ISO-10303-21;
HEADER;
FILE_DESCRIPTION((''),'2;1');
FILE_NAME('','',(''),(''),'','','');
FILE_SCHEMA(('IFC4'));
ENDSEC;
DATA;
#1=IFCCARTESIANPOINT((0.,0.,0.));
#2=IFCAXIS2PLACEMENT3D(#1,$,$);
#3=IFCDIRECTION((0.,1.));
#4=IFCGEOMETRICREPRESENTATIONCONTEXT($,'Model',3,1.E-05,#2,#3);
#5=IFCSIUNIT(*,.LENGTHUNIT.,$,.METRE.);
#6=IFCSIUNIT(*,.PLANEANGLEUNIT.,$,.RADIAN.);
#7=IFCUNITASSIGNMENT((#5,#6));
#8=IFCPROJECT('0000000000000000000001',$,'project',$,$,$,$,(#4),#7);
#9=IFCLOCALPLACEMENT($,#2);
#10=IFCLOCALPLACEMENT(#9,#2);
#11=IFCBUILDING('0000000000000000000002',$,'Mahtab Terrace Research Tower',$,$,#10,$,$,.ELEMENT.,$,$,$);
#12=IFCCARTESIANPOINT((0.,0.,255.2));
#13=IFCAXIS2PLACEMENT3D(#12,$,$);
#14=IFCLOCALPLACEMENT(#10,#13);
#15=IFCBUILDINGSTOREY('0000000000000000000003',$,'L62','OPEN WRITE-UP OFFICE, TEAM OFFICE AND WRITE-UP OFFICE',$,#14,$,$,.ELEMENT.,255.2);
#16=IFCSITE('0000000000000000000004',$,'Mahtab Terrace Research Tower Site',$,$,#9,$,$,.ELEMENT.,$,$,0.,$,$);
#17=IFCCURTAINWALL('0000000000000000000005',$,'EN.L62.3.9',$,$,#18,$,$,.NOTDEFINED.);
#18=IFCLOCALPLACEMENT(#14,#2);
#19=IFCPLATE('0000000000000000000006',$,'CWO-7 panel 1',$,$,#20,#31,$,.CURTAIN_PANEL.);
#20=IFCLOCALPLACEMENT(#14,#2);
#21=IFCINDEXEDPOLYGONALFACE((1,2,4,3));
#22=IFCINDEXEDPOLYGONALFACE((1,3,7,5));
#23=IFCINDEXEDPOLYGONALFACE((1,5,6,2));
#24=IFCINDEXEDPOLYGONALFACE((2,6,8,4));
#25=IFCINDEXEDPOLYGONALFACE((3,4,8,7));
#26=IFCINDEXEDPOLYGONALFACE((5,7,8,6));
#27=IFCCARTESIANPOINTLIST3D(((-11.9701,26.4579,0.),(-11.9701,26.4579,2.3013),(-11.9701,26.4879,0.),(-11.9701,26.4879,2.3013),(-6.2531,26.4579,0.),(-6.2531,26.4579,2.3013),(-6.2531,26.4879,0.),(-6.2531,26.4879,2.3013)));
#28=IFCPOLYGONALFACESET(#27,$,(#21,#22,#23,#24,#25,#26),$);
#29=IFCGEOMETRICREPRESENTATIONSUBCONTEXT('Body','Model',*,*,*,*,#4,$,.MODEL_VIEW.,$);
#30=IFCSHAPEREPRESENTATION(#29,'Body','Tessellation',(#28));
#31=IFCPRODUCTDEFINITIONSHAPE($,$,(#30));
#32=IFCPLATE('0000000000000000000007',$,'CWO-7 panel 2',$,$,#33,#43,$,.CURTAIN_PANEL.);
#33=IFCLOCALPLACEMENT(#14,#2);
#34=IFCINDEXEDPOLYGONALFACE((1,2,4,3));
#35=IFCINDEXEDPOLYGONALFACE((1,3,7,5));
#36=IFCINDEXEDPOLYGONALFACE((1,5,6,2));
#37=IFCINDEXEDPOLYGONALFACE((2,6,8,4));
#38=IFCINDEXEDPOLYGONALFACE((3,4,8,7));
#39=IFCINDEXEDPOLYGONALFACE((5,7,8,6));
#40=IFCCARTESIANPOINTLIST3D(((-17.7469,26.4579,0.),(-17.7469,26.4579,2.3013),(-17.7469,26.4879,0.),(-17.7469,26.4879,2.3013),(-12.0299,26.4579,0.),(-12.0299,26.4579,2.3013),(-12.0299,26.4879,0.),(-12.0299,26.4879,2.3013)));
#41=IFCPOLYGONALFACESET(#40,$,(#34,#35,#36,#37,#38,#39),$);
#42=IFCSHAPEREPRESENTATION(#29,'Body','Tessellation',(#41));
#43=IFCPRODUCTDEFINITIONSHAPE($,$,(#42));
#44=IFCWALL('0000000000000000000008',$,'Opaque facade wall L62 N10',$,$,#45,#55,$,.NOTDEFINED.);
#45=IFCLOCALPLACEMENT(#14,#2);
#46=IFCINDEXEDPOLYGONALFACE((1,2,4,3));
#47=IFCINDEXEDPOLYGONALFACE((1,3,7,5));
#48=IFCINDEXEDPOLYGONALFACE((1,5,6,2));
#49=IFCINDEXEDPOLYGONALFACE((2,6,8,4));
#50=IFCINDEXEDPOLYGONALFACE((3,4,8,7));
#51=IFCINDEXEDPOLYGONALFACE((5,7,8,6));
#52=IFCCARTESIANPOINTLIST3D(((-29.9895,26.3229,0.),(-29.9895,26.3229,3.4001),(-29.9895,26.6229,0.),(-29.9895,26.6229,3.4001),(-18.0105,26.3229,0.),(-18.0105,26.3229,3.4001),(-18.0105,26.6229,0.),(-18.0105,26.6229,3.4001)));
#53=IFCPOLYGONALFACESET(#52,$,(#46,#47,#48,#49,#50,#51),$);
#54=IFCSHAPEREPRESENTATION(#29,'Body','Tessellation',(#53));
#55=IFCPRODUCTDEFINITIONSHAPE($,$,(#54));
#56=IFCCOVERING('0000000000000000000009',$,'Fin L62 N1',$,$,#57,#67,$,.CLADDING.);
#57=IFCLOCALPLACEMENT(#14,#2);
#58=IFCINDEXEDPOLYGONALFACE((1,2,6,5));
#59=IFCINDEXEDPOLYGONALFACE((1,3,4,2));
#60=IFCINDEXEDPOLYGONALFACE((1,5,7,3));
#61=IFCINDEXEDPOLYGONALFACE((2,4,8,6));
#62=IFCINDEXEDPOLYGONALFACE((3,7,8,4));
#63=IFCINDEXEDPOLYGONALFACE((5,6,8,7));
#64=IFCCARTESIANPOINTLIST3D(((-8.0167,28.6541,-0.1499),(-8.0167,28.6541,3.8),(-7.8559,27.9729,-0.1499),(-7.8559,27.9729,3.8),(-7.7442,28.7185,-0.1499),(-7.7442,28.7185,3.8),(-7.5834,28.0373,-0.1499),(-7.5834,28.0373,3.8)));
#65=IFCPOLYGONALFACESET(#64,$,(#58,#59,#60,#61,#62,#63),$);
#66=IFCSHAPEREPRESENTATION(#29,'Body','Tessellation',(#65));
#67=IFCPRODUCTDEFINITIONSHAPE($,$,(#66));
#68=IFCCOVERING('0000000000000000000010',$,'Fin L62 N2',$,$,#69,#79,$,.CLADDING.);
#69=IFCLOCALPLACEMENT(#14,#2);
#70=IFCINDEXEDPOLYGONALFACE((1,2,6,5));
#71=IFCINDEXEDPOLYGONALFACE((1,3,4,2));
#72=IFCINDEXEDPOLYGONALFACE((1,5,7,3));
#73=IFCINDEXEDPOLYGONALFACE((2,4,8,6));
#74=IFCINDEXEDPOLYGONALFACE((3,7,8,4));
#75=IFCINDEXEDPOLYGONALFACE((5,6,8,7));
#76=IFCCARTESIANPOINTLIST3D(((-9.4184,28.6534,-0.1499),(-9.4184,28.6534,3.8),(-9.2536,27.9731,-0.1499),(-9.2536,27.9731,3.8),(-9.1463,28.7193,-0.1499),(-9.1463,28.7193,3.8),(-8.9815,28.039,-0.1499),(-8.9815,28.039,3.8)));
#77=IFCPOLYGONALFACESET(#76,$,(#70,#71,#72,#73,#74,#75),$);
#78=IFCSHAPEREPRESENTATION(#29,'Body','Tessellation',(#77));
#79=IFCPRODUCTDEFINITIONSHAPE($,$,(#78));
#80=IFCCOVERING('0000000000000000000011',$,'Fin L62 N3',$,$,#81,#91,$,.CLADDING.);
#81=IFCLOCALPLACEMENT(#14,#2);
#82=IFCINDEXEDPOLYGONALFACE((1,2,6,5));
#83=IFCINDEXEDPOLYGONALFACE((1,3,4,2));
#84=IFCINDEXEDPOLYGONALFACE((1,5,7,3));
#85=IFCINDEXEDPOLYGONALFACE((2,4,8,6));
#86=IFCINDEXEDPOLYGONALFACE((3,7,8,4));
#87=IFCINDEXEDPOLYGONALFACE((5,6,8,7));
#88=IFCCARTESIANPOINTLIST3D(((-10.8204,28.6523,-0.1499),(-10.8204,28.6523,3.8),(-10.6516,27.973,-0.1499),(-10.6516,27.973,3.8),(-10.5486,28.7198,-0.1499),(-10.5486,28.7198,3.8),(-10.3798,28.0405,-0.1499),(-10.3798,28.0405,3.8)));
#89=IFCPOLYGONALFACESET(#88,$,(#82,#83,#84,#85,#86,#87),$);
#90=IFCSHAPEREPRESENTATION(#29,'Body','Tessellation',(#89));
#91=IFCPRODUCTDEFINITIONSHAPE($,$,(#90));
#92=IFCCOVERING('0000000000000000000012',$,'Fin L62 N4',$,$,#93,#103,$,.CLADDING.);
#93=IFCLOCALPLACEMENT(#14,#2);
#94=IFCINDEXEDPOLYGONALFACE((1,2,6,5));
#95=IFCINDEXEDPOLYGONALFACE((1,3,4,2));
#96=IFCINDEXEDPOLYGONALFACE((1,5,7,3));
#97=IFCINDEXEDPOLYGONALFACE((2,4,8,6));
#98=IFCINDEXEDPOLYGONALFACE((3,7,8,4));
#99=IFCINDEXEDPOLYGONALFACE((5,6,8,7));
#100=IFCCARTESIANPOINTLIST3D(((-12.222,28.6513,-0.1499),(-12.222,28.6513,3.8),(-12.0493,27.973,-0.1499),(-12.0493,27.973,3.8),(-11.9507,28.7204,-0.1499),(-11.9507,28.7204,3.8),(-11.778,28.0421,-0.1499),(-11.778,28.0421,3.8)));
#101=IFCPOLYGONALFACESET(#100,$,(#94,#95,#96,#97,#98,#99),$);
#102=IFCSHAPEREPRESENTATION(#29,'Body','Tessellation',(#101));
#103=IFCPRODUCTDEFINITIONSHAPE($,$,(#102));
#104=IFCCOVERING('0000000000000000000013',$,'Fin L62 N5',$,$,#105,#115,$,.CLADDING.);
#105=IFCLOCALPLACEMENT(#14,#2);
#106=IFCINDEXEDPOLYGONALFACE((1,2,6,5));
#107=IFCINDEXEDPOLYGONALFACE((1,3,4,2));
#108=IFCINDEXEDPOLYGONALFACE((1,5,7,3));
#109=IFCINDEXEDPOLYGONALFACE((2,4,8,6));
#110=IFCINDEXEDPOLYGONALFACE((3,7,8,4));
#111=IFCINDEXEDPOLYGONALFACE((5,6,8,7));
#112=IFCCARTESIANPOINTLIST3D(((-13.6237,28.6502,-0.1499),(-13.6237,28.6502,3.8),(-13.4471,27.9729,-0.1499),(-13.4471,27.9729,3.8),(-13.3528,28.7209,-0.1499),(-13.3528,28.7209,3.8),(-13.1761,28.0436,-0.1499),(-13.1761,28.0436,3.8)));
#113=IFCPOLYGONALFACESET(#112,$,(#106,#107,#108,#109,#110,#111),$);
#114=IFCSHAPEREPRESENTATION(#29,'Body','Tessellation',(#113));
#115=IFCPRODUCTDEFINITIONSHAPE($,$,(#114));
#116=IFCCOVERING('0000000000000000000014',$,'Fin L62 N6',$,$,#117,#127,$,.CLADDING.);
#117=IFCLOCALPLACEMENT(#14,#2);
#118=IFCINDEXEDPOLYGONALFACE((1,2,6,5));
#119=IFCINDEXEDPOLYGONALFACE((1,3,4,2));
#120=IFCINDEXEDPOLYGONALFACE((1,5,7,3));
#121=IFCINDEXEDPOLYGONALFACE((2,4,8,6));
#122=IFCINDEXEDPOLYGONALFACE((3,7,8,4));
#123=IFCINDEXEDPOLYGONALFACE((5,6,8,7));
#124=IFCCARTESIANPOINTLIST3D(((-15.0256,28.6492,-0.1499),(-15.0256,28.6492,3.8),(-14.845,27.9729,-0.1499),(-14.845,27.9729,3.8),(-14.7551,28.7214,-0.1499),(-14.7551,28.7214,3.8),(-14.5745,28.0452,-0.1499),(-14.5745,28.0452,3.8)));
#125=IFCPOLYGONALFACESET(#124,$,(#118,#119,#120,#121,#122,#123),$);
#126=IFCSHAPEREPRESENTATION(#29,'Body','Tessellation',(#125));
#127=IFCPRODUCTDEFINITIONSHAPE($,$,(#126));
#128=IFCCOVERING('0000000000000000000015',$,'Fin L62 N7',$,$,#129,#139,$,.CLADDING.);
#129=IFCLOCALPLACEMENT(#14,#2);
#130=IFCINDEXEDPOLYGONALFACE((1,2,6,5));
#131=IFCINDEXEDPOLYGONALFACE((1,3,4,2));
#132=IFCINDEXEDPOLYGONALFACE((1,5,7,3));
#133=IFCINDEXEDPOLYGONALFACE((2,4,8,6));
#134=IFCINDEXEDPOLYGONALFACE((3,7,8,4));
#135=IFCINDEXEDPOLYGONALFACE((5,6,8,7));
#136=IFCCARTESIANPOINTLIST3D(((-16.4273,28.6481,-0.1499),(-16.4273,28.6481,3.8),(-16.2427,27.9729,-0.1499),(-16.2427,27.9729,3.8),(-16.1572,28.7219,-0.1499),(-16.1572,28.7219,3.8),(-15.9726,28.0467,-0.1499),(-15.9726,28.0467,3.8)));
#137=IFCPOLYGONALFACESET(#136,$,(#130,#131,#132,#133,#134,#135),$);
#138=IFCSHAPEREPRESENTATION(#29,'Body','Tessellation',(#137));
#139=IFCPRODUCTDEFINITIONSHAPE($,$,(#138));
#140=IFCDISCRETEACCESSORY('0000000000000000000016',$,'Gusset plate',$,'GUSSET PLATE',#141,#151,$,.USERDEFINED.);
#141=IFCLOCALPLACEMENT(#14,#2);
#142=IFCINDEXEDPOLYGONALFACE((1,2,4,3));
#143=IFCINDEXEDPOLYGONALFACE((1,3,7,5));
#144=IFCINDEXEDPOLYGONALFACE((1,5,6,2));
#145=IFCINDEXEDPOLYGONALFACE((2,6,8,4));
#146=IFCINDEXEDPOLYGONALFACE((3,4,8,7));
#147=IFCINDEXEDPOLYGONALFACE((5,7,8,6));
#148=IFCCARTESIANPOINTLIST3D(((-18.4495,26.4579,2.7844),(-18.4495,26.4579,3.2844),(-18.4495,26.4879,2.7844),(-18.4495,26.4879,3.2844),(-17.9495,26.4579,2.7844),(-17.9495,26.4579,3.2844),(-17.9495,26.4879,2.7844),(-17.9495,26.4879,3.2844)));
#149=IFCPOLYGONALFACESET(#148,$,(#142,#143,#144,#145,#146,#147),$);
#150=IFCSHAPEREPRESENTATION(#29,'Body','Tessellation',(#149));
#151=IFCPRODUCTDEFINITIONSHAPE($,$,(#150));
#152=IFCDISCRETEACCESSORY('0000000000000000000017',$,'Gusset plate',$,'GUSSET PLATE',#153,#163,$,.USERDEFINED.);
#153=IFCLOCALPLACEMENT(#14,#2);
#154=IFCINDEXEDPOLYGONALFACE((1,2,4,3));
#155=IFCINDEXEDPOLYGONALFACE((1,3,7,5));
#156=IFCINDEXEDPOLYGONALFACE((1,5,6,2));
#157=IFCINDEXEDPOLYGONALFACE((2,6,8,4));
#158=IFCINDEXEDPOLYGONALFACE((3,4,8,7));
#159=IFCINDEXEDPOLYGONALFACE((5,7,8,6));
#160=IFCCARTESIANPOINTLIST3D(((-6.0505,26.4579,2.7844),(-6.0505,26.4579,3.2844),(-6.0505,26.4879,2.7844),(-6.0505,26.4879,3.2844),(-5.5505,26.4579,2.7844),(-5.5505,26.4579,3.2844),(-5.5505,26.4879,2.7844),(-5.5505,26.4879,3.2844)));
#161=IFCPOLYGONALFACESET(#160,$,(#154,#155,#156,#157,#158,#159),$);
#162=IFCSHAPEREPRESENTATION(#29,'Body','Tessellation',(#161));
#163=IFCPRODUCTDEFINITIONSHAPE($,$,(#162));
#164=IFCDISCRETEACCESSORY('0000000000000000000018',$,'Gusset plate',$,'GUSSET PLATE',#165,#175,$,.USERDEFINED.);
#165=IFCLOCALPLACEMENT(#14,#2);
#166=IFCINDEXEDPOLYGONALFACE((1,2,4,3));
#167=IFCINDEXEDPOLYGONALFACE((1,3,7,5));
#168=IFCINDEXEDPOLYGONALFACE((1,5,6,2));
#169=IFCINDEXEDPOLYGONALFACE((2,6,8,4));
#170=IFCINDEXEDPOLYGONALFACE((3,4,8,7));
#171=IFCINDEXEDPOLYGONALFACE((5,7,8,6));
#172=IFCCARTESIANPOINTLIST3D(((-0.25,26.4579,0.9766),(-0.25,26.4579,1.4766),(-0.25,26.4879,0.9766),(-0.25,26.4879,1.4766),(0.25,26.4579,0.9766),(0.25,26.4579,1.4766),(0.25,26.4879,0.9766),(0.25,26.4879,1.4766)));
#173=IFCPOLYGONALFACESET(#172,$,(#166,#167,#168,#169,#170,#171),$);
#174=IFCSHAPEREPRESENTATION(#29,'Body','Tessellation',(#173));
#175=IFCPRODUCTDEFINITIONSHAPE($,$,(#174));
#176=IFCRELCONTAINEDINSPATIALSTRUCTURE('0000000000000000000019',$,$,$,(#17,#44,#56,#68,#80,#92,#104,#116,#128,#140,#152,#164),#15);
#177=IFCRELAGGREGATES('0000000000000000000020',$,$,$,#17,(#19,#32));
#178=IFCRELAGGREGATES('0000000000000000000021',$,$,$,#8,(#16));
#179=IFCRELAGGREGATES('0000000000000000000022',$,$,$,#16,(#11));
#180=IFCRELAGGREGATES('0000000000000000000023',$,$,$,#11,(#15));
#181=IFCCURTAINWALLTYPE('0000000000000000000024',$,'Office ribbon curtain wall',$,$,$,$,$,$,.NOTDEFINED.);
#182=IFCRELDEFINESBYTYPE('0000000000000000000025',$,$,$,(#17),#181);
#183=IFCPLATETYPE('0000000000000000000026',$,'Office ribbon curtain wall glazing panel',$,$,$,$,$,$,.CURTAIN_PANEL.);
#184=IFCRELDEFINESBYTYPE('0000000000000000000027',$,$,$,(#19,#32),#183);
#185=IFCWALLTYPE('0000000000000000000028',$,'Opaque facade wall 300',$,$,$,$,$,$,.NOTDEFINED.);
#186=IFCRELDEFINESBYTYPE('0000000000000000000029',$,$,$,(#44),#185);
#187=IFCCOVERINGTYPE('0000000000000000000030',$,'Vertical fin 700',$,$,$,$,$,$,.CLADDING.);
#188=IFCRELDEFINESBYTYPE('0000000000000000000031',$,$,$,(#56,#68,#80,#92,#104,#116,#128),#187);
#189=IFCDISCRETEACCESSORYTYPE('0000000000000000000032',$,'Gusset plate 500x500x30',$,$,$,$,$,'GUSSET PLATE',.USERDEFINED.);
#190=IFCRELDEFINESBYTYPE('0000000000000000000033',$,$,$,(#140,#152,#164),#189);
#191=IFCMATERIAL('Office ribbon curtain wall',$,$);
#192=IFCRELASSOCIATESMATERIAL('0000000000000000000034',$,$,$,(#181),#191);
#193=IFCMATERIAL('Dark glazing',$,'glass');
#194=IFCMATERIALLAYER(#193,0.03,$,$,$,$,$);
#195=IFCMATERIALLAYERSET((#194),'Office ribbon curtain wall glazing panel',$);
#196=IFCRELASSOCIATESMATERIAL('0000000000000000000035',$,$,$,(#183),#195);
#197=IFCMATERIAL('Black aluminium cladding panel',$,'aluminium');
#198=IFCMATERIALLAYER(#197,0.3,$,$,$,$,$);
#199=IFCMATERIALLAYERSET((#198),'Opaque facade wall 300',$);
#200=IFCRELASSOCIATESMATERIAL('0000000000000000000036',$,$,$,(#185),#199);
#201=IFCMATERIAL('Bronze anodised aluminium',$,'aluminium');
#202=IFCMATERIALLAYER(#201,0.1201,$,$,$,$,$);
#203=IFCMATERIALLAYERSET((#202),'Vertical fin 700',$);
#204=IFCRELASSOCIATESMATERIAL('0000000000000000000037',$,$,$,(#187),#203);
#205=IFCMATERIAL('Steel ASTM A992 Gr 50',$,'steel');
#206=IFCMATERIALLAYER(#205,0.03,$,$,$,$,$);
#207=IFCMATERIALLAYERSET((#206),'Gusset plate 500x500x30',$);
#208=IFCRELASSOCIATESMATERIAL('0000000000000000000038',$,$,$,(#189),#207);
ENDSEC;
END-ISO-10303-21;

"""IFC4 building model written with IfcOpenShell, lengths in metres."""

from ifc_helpers import new_model, si_unit, direction, frame, frame_2d, origin, origin_2d, place, context, subcontext, project, spatial, rectangle, extrude, material, layer, layer_set, type_object, element, aggregate, save


model = new_model("IFC4")

# Units and contexts
model_context = context("Model", 3, precision=1e-05, world=origin(), true_north=direction((0.0, 1.0)))
body_context = subcontext(model_context, "Body", "Model", "MODEL_VIEW")
ifc_project = project(units=[si_unit("LENGTHUNIT", "METRE"), si_unit("PLANEANGLEUNIT", "RADIAN")], contexts=[model_context])

# Site, building, storey
site_placement = place(None, origin())
site = spatial("IfcSite", under=ifc_project, at=site_placement, Name="Mahtab Terrace Research Tower Site", CompositionType="ELEMENT", RefElevation=0.0)
building_placement = place(site_placement, origin())
building = spatial("IfcBuilding", under=site, at=building_placement, Name="Mahtab Terrace Research Tower", CompositionType="ELEMENT")
storey_placement = place(building_placement, frame((0.0, 0.0, 255.2)))
storey = spatial("IfcBuildingStorey", under=building, at=storey_placement, Name="L62", Description="OPEN WRITE-UP OFFICE, TEAM OFFICE AND WRITE-UP OFFICE", CompositionType="ELEMENT", Elevation=255.2)

# Shared definitions
ifc_material_1 = material(Name="Steel ASTM A992 Gr 50", Category="steel")

# Curtain wall
ifc_material_2 = material(Name="Office ribbon curtain wall")
curtain_wall_type = type_object("IfcCurtainWallType", Name="Office ribbon curtain wall", PredefinedType="NOTDEFINED", material=ifc_material_2)
curtain_wall_placement = place(storey_placement, origin())
curtain_wall = element("IfcCurtainWall", 1, at=curtain_wall_placement, inside=storey, type_object=curtain_wall_type, Name="EN.L62.3.9", PredefinedType="NOTDEFINED")

# Plates
ifc_material_3 = material(Name="Dark glazing", Category="glass")
ifc_layer_1 = layer(ifc_material_3, 0.03)
ifc_layer_set_1 = layer_set([ifc_layer_1], Name="Office ribbon curtain wall glazing panel")
plate_type = type_object("IfcPlateType", Name="Office ribbon curtain wall glazing panel", PredefinedType="CURTAIN_PANEL", material=ifc_layer_set_1)
plate_1_placement = place(storey_placement, frame((-9.1116, 26.4729, 0.0), z_axis=(0.0, 0.0, 1.0), x_axis=(-1.0, 0.0, 0.0)))
plate_1 = element("IfcPlate", 2, at=plate_1_placement, type_object=plate_type, Name="CWO-7 panel 1", PredefinedType="CURTAIN_PANEL", context=body_context, shape_type="SweptSolid", body=[
    extrude(rectangle(XDim=5.717, YDim=0.03, at=origin_2d()), origin(), (0.0, 0.0, 1.0), 2.3013),
])
plate_2_placement = place(storey_placement, frame((-14.8884, 26.4729, 0.0), z_axis=(0.0, 0.0, 1.0), x_axis=(-1.0, 0.0, 0.0)))
plate_2 = element("IfcPlate", 3, at=plate_2_placement, type_object=plate_type, Name="CWO-7 panel 2", PredefinedType="CURTAIN_PANEL", context=body_context, shape_type="SweptSolid", body=[
    extrude(rectangle(XDim=5.717, YDim=0.03, at=origin_2d()), origin(), (0.0, 0.0, 1.0), 2.3013),
])
aggregate(curtain_wall, [plate_1, plate_2])

# Wall
ifc_material_4 = material(Name="Black aluminium cladding panel", Category="aluminium")
ifc_layer_2 = layer(ifc_material_4, 0.3)
ifc_layer_set_2 = layer_set([ifc_layer_2], Name="Opaque facade wall 300")
wall_type = type_object("IfcWallType", Name="Opaque facade wall 300", PredefinedType="NOTDEFINED", material=ifc_layer_set_2)
wall_placement = place(storey_placement, frame((-18.0105, 26.4729, 0.0), z_axis=(0.0, 0.0, 1.0), x_axis=(-1.0, 0.0, 0.0)))
element("IfcWall", 4, at=wall_placement, inside=storey, type_object=wall_type, Name="Opaque facade wall L62 N10", PredefinedType="NOTDEFINED", context=body_context, shape_type="SweptSolid", body=[
    extrude(rectangle(XDim=11.979, YDim=0.3, at=frame_2d((5.9895, 0.0))), origin(), (0.0, 0.0, 1.0), 3.4001),
])

# Coverings
ifc_material_5 = material(Name="Bronze anodised aluminium", Category="aluminium")
ifc_layer_3 = layer(ifc_material_5, 0.1201)
ifc_layer_set_3 = layer_set([ifc_layer_3], Name="Vertical fin 700")
covering_type = type_object("IfcCoveringType", Name="Vertical fin 700", PredefinedType="CLADDING", material=ifc_layer_set_3)
for number, where, z_axis, x_axis, name in (
    (5, (-7.8, 28.3457, -0.1499), (0.0, 0.0, 1.0), (-0.973236, -0.229807, 0.0), "Fin L62 N1"),
    (6, (-9.2, 28.3462, -0.1499), (0.0, 0.0, 1.0), (-0.971883, -0.235465, 0.0), "Fin L62 N2"),
    (7, (-10.6001, 28.3464, -0.1499), (0.0, 0.0, 1.0), (-0.970496, -0.241115, 0.0), "Fin L62 N3"),
    (8, (-12.0, 28.3467, -0.1499), (0.0, 0.0, 1.0), (-0.969077, -0.246757, 0.0), "Fin L62 N4"),
    (9, (-13.3999, 28.3469, -0.1499), (0.0, 0.0, 1.0), (-0.967625, -0.252391, 0.0), "Fin L62 N5"),
    (10, (-14.8, 28.3472, -0.1499), (0.0, 0.0, 1.0), (-0.966141, -0.258016, 0.0), "Fin L62 N6"),
    (11, (-16.2, 28.3474, -0.1499), (0.0, 0.0, 1.0), (-0.964623, -0.263633, 0.0), "Fin L62 N7"),
):
    element("IfcCovering", number, at=place(storey_placement, frame(where, z_axis=z_axis, x_axis=x_axis)), inside=storey, type_object=covering_type, Name=name, PredefinedType="CLADDING", context=body_context, shape_type="SweptSolid", body=[
        extrude(rectangle(XDim=0.28, YDim=0.7, at=origin_2d()), origin(), (0.0, 0.0, 1.0), 3.95),
    ])

# Discrete accessories
ifc_layer_4 = layer(ifc_material_1, 0.03)
ifc_layer_set_4 = layer_set([ifc_layer_4], Name="Gusset plate 500x500x30")
discrete_accessory_type = type_object("IfcDiscreteAccessoryType", Name="Gusset plate 500x500x30", ElementType="GUSSET PLATE", PredefinedType="USERDEFINED", material=ifc_layer_set_4)
for number, where, z_axis, x_axis, name in (
    (12, (-18.1995, 26.4729, 2.7844), (0.0, 0.0, 1.0), (1.0, 0.0, 0.0), "Gusset plate"),
    (13, (-5.8005, 26.4729, 2.7844), (0.0, 0.0, 1.0), (1.0, 0.0, 0.0), "Gusset plate"),
    (14, (0.0, 26.4729, 0.9766), (0.0, 0.0, 1.0), (1.0, 0.0, 0.0), "Gusset plate"),
):
    element("IfcDiscreteAccessory", number, at=place(storey_placement, frame(where, z_axis=z_axis, x_axis=x_axis)), inside=storey, type_object=discrete_accessory_type, Name=name, ObjectType="GUSSET PLATE", PredefinedType="USERDEFINED", context=body_context, shape_type="SweptSolid", body=[
        extrude(rectangle(XDim=0.5, YDim=0.03, at=origin_2d()), origin(), (0.0, 0.0, 1.0), 0.5),
    ])

save(model, "model.ifc")
